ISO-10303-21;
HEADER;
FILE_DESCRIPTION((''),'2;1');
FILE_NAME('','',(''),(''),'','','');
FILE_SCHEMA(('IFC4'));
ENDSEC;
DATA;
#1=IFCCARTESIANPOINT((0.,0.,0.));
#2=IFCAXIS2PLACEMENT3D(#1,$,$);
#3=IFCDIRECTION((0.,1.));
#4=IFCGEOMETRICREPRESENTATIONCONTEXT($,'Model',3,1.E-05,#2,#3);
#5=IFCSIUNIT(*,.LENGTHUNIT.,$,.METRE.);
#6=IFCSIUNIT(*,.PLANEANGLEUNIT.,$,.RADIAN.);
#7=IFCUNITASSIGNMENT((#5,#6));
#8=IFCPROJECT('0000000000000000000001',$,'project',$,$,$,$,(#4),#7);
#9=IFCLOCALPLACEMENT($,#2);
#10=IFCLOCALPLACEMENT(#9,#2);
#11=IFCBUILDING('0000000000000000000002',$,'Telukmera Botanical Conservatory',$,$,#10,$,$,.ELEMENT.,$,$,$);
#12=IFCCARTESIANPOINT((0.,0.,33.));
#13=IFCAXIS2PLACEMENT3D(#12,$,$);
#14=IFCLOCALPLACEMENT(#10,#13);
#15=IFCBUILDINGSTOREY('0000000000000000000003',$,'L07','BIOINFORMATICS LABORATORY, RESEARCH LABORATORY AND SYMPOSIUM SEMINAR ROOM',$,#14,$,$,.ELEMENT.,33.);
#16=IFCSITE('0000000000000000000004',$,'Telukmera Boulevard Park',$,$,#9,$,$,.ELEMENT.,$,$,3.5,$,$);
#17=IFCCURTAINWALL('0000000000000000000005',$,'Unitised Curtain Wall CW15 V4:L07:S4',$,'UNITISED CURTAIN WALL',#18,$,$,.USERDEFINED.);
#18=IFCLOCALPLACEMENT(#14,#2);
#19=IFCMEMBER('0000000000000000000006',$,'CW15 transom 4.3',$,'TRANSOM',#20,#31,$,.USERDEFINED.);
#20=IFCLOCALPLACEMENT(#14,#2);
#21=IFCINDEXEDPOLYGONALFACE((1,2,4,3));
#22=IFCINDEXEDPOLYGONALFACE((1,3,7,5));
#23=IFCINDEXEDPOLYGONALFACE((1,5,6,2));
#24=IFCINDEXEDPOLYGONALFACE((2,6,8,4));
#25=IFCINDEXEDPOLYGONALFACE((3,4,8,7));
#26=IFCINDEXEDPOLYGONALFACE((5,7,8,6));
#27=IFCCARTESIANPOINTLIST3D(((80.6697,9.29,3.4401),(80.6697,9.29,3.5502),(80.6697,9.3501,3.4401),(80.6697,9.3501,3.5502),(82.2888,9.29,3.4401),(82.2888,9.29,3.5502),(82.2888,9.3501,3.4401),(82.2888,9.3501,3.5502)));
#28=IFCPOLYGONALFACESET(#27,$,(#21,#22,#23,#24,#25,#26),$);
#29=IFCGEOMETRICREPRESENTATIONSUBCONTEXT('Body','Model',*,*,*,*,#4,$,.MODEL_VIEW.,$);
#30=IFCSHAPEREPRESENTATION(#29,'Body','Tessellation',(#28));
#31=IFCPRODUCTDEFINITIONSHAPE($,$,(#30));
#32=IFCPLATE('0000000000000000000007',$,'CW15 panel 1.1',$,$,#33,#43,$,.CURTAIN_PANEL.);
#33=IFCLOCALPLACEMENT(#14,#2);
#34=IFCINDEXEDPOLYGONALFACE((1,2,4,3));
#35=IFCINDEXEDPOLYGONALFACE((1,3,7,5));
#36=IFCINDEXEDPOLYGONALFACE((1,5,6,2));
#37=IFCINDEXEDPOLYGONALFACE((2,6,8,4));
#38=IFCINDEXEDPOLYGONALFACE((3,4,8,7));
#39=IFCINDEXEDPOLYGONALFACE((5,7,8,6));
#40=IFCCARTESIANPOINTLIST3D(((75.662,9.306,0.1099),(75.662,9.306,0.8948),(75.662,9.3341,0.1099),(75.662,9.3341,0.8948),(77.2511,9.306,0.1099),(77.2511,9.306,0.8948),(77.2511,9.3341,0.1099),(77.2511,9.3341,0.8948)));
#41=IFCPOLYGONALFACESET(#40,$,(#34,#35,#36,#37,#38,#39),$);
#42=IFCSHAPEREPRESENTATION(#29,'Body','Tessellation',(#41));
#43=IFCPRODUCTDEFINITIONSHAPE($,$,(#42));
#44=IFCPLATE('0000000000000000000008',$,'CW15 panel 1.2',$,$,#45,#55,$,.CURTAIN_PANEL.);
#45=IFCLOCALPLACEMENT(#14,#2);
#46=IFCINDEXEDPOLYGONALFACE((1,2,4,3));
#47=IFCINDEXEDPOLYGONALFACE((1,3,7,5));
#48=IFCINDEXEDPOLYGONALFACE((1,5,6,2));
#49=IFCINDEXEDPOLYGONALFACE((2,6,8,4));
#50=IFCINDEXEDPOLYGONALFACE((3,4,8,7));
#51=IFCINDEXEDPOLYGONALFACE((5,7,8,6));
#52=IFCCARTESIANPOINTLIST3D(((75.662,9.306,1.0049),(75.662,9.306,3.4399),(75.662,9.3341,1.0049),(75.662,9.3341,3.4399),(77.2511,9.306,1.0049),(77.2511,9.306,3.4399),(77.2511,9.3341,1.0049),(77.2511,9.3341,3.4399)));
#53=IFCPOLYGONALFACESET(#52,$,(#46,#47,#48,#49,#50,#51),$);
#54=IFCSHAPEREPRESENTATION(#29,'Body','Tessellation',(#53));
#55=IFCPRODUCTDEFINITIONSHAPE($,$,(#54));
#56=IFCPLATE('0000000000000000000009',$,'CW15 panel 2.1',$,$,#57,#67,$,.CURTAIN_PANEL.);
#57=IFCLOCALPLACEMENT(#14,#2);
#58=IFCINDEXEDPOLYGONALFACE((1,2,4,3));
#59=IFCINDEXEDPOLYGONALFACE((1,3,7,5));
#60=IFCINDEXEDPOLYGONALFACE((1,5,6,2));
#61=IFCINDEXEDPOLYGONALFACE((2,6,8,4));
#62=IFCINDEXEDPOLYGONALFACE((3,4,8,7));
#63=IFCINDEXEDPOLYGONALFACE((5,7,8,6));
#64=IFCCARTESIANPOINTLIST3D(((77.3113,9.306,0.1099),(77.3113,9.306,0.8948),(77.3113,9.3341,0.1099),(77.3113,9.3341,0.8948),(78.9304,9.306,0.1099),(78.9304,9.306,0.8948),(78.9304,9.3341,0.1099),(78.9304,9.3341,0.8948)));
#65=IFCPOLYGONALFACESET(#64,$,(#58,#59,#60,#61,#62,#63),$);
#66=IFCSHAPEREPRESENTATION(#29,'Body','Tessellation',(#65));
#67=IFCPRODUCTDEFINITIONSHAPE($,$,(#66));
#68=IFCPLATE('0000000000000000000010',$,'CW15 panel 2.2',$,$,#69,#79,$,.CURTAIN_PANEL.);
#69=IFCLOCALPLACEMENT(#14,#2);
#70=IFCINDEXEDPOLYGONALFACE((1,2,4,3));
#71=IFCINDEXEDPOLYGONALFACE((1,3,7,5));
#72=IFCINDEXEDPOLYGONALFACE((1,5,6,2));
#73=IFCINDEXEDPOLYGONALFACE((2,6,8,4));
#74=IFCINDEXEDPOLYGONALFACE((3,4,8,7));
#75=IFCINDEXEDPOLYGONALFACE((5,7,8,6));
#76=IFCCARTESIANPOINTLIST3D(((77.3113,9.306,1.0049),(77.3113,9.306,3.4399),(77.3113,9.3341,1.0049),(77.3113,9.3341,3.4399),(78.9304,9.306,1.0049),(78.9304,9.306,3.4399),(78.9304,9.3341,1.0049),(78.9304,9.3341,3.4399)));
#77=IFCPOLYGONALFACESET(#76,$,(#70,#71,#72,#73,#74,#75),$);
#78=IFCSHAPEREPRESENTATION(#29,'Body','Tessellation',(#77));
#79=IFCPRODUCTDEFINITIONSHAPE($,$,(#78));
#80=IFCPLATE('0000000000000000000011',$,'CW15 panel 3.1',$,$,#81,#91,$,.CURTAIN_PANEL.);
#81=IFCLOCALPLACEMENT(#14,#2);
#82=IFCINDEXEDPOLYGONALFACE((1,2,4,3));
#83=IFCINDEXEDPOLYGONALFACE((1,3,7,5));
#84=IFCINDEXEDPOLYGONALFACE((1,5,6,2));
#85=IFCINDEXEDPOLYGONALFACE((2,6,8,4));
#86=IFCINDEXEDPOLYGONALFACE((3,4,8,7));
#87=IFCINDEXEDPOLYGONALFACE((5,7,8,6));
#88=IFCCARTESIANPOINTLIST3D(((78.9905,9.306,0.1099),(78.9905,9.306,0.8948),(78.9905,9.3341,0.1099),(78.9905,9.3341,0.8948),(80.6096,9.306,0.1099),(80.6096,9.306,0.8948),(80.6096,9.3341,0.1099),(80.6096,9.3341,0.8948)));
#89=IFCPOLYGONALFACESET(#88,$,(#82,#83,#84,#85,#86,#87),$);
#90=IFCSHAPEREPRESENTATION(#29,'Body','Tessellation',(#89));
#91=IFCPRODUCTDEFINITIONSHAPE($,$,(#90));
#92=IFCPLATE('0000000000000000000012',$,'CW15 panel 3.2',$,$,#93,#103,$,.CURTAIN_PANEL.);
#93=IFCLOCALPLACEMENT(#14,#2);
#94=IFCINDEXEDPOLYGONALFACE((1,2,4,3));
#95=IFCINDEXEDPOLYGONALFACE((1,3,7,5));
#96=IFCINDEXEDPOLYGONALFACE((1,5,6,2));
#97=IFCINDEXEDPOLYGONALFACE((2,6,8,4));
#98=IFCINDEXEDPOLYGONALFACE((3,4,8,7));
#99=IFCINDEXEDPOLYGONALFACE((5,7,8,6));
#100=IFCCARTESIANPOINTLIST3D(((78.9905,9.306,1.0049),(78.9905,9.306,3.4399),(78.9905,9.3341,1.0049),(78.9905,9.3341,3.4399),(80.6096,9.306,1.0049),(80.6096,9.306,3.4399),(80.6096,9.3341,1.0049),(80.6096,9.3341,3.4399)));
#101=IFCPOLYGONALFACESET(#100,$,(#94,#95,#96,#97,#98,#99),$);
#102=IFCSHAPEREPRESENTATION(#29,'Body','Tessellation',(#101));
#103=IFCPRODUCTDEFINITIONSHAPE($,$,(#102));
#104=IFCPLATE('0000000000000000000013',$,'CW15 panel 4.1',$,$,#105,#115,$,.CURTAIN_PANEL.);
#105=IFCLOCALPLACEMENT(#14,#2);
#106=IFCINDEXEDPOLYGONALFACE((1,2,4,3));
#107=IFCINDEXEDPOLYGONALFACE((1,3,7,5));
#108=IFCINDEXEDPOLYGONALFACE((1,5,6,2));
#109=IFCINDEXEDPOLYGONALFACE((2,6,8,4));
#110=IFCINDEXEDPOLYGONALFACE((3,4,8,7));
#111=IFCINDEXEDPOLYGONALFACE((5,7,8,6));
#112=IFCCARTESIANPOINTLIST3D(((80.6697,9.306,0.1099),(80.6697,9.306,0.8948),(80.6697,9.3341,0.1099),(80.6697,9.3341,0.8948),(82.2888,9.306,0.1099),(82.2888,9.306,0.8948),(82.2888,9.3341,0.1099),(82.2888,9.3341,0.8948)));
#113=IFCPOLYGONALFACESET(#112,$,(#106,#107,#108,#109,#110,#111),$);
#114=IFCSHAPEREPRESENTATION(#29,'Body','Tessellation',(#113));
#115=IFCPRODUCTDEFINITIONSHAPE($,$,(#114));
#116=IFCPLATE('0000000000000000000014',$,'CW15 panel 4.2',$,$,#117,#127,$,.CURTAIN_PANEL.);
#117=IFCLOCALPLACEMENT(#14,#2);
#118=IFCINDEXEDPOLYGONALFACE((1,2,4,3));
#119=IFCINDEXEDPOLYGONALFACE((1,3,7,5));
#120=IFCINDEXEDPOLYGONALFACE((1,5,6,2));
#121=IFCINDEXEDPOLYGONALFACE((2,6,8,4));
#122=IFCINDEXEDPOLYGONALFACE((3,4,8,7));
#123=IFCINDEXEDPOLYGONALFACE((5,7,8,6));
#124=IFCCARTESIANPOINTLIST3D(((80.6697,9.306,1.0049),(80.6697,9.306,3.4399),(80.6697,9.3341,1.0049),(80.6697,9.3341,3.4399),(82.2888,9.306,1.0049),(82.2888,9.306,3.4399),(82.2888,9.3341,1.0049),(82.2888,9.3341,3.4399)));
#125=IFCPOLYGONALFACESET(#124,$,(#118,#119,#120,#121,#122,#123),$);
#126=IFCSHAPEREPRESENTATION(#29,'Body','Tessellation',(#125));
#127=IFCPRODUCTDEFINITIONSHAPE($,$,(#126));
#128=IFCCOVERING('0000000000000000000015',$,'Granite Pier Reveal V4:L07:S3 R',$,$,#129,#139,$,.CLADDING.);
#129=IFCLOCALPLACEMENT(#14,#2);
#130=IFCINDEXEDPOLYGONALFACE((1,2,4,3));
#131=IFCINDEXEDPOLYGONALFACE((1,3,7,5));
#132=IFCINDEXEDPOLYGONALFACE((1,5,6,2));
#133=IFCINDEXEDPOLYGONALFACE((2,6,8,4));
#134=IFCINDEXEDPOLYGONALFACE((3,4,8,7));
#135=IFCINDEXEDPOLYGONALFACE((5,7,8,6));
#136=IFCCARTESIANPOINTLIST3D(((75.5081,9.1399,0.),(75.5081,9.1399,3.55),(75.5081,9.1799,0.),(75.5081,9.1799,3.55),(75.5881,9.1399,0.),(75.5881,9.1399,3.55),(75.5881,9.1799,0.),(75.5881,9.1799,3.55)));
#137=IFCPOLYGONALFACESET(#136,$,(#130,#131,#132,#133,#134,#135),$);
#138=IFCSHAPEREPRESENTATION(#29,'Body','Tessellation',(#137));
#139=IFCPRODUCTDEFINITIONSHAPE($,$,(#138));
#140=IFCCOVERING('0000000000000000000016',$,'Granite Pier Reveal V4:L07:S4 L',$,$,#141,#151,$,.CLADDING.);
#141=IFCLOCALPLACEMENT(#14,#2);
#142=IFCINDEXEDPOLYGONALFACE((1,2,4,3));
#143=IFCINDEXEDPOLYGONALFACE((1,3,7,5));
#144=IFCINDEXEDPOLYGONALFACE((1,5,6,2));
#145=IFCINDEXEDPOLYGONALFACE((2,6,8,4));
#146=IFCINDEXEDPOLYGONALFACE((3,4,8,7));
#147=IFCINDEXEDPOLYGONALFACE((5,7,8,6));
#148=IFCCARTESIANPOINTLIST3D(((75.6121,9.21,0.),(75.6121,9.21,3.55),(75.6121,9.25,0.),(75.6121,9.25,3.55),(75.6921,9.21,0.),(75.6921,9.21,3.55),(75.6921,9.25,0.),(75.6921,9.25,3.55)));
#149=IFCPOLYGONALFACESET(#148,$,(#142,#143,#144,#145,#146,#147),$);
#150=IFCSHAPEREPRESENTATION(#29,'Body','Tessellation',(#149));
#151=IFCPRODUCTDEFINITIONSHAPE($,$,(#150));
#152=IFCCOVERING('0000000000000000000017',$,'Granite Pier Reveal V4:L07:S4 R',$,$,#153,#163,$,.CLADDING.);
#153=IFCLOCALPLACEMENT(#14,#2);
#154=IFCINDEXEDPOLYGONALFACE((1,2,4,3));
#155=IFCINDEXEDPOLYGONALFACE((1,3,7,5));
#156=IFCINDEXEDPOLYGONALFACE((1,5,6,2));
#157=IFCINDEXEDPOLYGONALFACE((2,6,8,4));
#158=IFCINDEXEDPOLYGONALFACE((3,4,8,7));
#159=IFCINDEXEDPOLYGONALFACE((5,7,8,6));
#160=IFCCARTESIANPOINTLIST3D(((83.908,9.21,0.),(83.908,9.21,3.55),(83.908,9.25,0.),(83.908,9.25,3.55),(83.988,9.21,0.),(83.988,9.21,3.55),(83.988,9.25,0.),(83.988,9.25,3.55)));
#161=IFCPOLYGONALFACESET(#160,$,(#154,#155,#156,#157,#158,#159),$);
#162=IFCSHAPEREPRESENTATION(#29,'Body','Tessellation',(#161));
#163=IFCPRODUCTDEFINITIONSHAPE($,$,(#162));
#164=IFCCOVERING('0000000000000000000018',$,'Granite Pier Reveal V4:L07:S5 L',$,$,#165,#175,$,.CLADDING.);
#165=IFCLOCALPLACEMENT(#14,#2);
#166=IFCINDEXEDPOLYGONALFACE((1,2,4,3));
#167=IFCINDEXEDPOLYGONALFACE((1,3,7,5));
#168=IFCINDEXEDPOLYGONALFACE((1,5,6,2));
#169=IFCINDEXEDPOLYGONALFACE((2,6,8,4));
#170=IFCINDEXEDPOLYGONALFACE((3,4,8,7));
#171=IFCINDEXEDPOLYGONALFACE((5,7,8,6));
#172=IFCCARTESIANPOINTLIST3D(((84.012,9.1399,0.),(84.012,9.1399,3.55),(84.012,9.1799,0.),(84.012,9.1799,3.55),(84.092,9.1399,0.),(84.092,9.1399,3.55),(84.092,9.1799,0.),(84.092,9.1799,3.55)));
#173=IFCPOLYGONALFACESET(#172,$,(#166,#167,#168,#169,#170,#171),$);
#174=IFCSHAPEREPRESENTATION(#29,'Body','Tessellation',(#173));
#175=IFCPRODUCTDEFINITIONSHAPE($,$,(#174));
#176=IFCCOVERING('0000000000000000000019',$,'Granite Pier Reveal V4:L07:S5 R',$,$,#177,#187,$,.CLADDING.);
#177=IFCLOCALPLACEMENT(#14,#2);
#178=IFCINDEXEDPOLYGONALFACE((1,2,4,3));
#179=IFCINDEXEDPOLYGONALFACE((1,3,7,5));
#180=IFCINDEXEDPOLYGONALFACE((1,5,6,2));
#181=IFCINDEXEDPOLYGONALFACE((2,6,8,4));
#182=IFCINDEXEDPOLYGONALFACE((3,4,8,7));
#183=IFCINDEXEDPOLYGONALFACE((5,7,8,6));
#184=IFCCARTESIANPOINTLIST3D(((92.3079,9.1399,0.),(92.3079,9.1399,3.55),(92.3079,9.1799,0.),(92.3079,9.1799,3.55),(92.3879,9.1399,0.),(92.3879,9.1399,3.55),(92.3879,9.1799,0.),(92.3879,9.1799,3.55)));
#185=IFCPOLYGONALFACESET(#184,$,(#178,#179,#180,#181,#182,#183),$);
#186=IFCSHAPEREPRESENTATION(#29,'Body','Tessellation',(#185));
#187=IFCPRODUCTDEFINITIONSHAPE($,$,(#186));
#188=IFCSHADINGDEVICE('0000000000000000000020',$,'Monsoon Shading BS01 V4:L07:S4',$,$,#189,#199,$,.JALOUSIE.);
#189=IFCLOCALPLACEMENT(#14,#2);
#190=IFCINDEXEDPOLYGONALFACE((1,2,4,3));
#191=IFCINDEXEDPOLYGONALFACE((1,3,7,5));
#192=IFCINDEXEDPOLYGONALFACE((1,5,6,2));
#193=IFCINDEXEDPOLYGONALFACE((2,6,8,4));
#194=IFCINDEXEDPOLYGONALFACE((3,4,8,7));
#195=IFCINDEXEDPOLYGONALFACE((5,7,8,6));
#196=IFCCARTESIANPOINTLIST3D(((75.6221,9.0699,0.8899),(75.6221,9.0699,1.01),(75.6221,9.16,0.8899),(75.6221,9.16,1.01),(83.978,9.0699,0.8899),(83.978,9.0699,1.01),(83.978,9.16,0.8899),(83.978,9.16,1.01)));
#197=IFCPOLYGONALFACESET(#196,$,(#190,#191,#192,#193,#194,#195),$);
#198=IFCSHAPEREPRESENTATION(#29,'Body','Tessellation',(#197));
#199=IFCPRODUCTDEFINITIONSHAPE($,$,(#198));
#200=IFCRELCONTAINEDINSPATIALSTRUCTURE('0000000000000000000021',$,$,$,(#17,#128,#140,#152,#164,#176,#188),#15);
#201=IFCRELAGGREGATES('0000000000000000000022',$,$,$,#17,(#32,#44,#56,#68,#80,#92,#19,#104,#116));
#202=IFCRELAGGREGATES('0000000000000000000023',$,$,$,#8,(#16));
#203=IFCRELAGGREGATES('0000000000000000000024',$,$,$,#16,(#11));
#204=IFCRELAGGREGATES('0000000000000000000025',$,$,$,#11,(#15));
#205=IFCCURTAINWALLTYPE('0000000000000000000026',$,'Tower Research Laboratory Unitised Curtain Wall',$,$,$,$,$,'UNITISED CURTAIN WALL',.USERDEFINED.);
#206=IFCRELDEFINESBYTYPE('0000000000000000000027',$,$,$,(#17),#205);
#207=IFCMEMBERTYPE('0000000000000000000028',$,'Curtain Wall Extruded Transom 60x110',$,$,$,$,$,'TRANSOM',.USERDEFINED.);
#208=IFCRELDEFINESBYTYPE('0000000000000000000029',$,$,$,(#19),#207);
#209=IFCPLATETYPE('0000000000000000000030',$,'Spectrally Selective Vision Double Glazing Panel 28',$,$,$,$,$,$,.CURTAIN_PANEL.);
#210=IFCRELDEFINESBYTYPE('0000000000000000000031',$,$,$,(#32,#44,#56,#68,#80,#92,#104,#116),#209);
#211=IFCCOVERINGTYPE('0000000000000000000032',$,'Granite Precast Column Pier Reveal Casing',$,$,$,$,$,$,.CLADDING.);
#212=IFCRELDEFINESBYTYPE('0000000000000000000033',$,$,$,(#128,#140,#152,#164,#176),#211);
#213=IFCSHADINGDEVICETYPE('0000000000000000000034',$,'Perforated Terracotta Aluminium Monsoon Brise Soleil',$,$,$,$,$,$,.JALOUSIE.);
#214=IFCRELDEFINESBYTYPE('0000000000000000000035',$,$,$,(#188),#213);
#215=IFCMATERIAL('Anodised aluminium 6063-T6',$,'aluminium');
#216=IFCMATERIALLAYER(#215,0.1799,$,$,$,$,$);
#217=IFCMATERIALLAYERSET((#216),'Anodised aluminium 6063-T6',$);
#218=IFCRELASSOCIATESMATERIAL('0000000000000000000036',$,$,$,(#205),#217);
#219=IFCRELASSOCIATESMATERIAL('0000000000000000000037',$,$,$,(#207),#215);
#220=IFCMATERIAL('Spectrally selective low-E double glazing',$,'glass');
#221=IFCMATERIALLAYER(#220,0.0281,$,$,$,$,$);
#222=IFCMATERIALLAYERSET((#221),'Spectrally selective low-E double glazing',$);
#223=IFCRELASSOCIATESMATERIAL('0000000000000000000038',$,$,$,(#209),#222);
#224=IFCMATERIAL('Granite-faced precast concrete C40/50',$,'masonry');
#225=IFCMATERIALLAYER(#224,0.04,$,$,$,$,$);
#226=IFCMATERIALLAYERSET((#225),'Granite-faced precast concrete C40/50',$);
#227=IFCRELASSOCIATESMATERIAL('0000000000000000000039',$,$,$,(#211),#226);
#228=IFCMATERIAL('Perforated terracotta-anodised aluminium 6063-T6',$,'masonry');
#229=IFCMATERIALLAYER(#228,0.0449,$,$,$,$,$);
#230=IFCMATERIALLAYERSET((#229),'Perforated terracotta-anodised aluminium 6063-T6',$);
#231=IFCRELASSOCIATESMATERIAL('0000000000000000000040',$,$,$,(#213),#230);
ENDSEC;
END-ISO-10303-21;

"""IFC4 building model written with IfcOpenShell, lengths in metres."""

from ifc_helpers import new_model, si_unit, direction, frame, origin, origin_2d, place, context, subcontext, project, spatial, rectangle, extrude, material, layer, layer_set, material_profile, profile_set, type_object, element, aggregate, save


model = new_model("IFC4")

# Units and contexts
model_context = context("Model", 3, precision=1e-05, world=origin(), true_north=direction((0.0, 1.0)))
body_context = subcontext(model_context, "Body", "Model", "MODEL_VIEW")
ifc_project = project(units=[si_unit("LENGTHUNIT", "METRE"), si_unit("PLANEANGLEUNIT", "RADIAN")], contexts=[model_context])

# Site, building, storey
site_placement = place(None, origin())
site = spatial("IfcSite", under=ifc_project, at=site_placement, Name="Telukmera Boulevard Park", CompositionType="ELEMENT", RefElevation=3.5)
building_placement = place(site_placement, origin())
building = spatial("IfcBuilding", under=site, at=building_placement, Name="Telukmera Botanical Conservatory", CompositionType="ELEMENT")
storey_placement = place(building_placement, frame((0.0, 0.0, 33.0)))
storey = spatial("IfcBuildingStorey", under=building, at=storey_placement, Name="L07", Description="BIOINFORMATICS LABORATORY, RESEARCH LABORATORY AND SYMPOSIUM SEMINAR ROOM", CompositionType="ELEMENT", Elevation=33.0)

# Curtain wall, member, plates
ifc_material_1 = material(Name="Anodised aluminium 6063-T6", Category="aluminium")
ifc_layer_1 = layer(ifc_material_1, 0.1799)
ifc_layer_set_1 = layer_set([ifc_layer_1], Name="Anodised aluminium 6063-T6")
curtain_wall_type = type_object("IfcCurtainWallType", Name="Tower Research Laboratory Unitised Curtain Wall", ElementType="UNITISED CURTAIN WALL", PredefinedType="USERDEFINED", material=ifc_layer_set_1)
curtain_wall_placement = place(storey_placement, origin())
curtain_wall = element("IfcCurtainWall", 1, at=curtain_wall_placement, inside=storey, type_object=curtain_wall_type, Name="Unitised Curtain Wall CW15 V4:L07:S4", ObjectType="UNITISED CURTAIN WALL", PredefinedType="USERDEFINED")
ifc_material_profile_1 = material_profile(ifc_material_1, rectangle(XDim=0.0601, YDim=0.1101, at=origin_2d()), Name="ALU TRAN 60x110")
ifc_profile_set_1 = profile_set([ifc_material_profile_1], Name="Anodised aluminium 6063-T6")
member_type_1 = type_object("IfcMemberType", Name="Curtain Wall Extruded Transom 60x110", ElementType="TRANSOM", PredefinedType="USERDEFINED", material=ifc_profile_set_1)
member_1_placement = place(storey_placement, frame((80.6697, 9.3201, 3.4951), z_axis=(1.0, 0.0, 0.0), x_axis=(0.0, 1.0, 0.0)))
member_1 = element("IfcMember", 2, at=member_1_placement, type_object=member_type_1, Name="CW15 transom 4.3", ObjectType="TRANSOM", PredefinedType="USERDEFINED", context=body_context, shape_type="SweptSolid", body=[
    extrude(rectangle(XDim=0.0601, YDim=0.1101, at=origin_2d()), origin(), (0.0, 0.0, 1.0), 1.6191),
])
ifc_material_2 = material(Name="Spectrally selective low-E double glazing", Category="glass")
ifc_layer_2 = layer(ifc_material_2, 0.0281)
ifc_layer_set_2 = layer_set([ifc_layer_2], Name="Spectrally selective low-E double glazing")
plate_type = type_object("IfcPlateType", Name="Spectrally Selective Vision Double Glazing Panel 28", PredefinedType="CURTAIN_PANEL", material=ifc_layer_set_2)
plate_1_placement = place(storey_placement, frame((76.4565, 9.3201, 0.1099), z_axis=(0.0, 0.0, 1.0), x_axis=(1.0, 0.0, 0.0)))
plate_1 = element("IfcPlate", 3, at=plate_1_placement, type_object=plate_type, Name="CW15 panel 1.1", PredefinedType="CURTAIN_PANEL", context=body_context, shape_type="SweptSolid", body=[
    extrude(rectangle(XDim=1.5891, YDim=0.0281, at=origin_2d()), origin(), (0.0, 0.0, 1.0), 0.7849),
])
plate_2_placement = place(storey_placement, frame((76.4565, 9.3201, 1.0049), z_axis=(0.0, 0.0, 1.0), x_axis=(1.0, 0.0, 0.0)))
plate_2 = element("IfcPlate", 4, at=plate_2_placement, type_object=plate_type, Name="CW15 panel 1.2", PredefinedType="CURTAIN_PANEL", context=body_context, shape_type="SweptSolid", body=[
    extrude(rectangle(XDim=1.5891, YDim=0.0281, at=origin_2d()), origin(), (0.0, 0.0, 1.0), 2.4351),
])
plate_3_placement = place(storey_placement, frame((78.1208, 9.3201, 0.1099), z_axis=(0.0, 0.0, 1.0), x_axis=(1.0, 0.0, 0.0)))
plate_3 = element("IfcPlate", 5, at=plate_3_placement, type_object=plate_type, Name="CW15 panel 2.1", PredefinedType="CURTAIN_PANEL", context=body_context, shape_type="SweptSolid", body=[
    extrude(rectangle(XDim=1.6191, YDim=0.0281, at=origin_2d()), origin(), (0.0, 0.0, 1.0), 0.7849),
])
plate_4_placement = place(storey_placement, frame((78.1208, 9.3201, 1.0049), z_axis=(0.0, 0.0, 1.0), x_axis=(1.0, 0.0, 0.0)))
plate_4 = element("IfcPlate", 6, at=plate_4_placement, type_object=plate_type, Name="CW15 panel 2.2", PredefinedType="CURTAIN_PANEL", context=body_context, shape_type="SweptSolid", body=[
    extrude(rectangle(XDim=1.6191, YDim=0.0281, at=origin_2d()), origin(), (0.0, 0.0, 1.0), 2.4351),
])
plate_5_placement = place(storey_placement, frame((79.8, 9.3201, 0.1099), z_axis=(0.0, 0.0, 1.0), x_axis=(1.0, 0.0, 0.0)))
plate_5 = element("IfcPlate", 7, at=plate_5_placement, type_object=plate_type, Name="CW15 panel 3.1", PredefinedType="CURTAIN_PANEL", context=body_context, shape_type="SweptSolid", body=[
    extrude(rectangle(XDim=1.6191, YDim=0.0281, at=origin_2d()), origin(), (0.0, 0.0, 1.0), 0.7849),
])
plate_6_placement = place(storey_placement, frame((79.8, 9.3201, 1.0049), z_axis=(0.0, 0.0, 1.0), x_axis=(1.0, 0.0, 0.0)))
plate_6 = element("IfcPlate", 8, at=plate_6_placement, type_object=plate_type, Name="CW15 panel 3.2", PredefinedType="CURTAIN_PANEL", context=body_context, shape_type="SweptSolid", body=[
    extrude(rectangle(XDim=1.6191, YDim=0.0281, at=origin_2d()), origin(), (0.0, 0.0, 1.0), 2.4351),
])
plate_7_placement = place(storey_placement, frame((81.4792, 9.3201, 0.1099), z_axis=(0.0, 0.0, 1.0), x_axis=(1.0, 0.0, 0.0)))
plate_7 = element("IfcPlate", 9, at=plate_7_placement, type_object=plate_type, Name="CW15 panel 4.1", PredefinedType="CURTAIN_PANEL", context=body_context, shape_type="SweptSolid", body=[
    extrude(rectangle(XDim=1.6191, YDim=0.0281, at=origin_2d()), origin(), (0.0, 0.0, 1.0), 0.7849),
])
plate_8_placement = place(storey_placement, frame((81.4792, 9.3201, 1.0049), z_axis=(0.0, 0.0, 1.0), x_axis=(1.0, 0.0, 0.0)))
plate_8 = element("IfcPlate", 10, at=plate_8_placement, type_object=plate_type, Name="CW15 panel 4.2", PredefinedType="CURTAIN_PANEL", context=body_context, shape_type="SweptSolid", body=[
    extrude(rectangle(XDim=1.6191, YDim=0.0281, at=origin_2d()), origin(), (0.0, 0.0, 1.0), 2.4351),
])
aggregate(curtain_wall, [plate_1, plate_2, plate_3, plate_4, plate_5, plate_6, member_1, plate_7, plate_8])

# Coverings
ifc_material_3 = material(Name="Granite-faced precast concrete C40/50", Category="masonry")
ifc_layer_3 = layer(ifc_material_3, 0.04)
ifc_layer_set_3 = layer_set([ifc_layer_3], Name="Granite-faced precast concrete C40/50")
covering_type_1 = type_object("IfcCoveringType", Name="Granite Precast Column Pier Reveal Casing", PredefinedType="CLADDING", material=ifc_layer_set_3)
for number, where, z_axis, x_axis, name in (
    (11, (75.5481, 9.1599, 0.0), (0.0, 0.0, 1.0), (1.0, 0.0, 0.0), "Granite Pier Reveal V4:L07:S3 R"),
    (12, (75.6521, 9.23, 0.0), (0.0, 0.0, 1.0), (1.0, 0.0, 0.0), "Granite Pier Reveal V4:L07:S4 L"),
    (13, (83.948, 9.23, 0.0), (0.0, 0.0, 1.0), (1.0, 0.0, 0.0), "Granite Pier Reveal V4:L07:S4 R"),
    (14, (84.052, 9.1599, 0.0), (0.0, 0.0, 1.0), (1.0, 0.0, 0.0), "Granite Pier Reveal V4:L07:S5 L"),
    (15, (92.3479, 9.1599, 0.0), (0.0, 0.0, 1.0), (1.0, 0.0, 0.0), "Granite Pier Reveal V4:L07:S5 R"),
):
    element("IfcCovering", number, at=place(storey_placement, frame(where, z_axis=z_axis, x_axis=x_axis)), inside=storey, type_object=covering_type_1, Name=name, PredefinedType="CLADDING", context=body_context, shape_type="SweptSolid", body=[
        extrude(rectangle(XDim=0.0801, YDim=0.04, at=origin_2d()), origin(), (0.0, 0.0, 1.0), 3.55),
    ])

# Shading device
ifc_material_4 = material(Name="Perforated terracotta-anodised aluminium 6063-T6", Category="masonry")
ifc_layer_4 = layer(ifc_material_4, 0.0449)
ifc_layer_set_4 = layer_set([ifc_layer_4], Name="Perforated terracotta-anodised aluminium 6063-T6")
shading_device_type = type_object("IfcShadingDeviceType", Name="Perforated Terracotta Aluminium Monsoon Brise Soleil", PredefinedType="JALOUSIE", material=ifc_layer_set_4)
shading_device_placement = place(storey_placement, frame((79.8, 9.115, 0.8899), z_axis=(0.0, 0.0, 1.0), x_axis=(1.0, 0.0, 0.0)))
element("IfcShadingDevice", 16, at=shading_device_placement, inside=storey, type_object=shading_device_type, Name="Monsoon Shading BS01 V4:L07:S4", PredefinedType="JALOUSIE", context=body_context, shape_type="SweptSolid", body=[
    extrude(rectangle(XDim=8.356, YDim=0.0901, at=origin_2d()), origin(), (0.0, 0.0, 1.0), 0.1201),
])

save(model, "model.ifc")
